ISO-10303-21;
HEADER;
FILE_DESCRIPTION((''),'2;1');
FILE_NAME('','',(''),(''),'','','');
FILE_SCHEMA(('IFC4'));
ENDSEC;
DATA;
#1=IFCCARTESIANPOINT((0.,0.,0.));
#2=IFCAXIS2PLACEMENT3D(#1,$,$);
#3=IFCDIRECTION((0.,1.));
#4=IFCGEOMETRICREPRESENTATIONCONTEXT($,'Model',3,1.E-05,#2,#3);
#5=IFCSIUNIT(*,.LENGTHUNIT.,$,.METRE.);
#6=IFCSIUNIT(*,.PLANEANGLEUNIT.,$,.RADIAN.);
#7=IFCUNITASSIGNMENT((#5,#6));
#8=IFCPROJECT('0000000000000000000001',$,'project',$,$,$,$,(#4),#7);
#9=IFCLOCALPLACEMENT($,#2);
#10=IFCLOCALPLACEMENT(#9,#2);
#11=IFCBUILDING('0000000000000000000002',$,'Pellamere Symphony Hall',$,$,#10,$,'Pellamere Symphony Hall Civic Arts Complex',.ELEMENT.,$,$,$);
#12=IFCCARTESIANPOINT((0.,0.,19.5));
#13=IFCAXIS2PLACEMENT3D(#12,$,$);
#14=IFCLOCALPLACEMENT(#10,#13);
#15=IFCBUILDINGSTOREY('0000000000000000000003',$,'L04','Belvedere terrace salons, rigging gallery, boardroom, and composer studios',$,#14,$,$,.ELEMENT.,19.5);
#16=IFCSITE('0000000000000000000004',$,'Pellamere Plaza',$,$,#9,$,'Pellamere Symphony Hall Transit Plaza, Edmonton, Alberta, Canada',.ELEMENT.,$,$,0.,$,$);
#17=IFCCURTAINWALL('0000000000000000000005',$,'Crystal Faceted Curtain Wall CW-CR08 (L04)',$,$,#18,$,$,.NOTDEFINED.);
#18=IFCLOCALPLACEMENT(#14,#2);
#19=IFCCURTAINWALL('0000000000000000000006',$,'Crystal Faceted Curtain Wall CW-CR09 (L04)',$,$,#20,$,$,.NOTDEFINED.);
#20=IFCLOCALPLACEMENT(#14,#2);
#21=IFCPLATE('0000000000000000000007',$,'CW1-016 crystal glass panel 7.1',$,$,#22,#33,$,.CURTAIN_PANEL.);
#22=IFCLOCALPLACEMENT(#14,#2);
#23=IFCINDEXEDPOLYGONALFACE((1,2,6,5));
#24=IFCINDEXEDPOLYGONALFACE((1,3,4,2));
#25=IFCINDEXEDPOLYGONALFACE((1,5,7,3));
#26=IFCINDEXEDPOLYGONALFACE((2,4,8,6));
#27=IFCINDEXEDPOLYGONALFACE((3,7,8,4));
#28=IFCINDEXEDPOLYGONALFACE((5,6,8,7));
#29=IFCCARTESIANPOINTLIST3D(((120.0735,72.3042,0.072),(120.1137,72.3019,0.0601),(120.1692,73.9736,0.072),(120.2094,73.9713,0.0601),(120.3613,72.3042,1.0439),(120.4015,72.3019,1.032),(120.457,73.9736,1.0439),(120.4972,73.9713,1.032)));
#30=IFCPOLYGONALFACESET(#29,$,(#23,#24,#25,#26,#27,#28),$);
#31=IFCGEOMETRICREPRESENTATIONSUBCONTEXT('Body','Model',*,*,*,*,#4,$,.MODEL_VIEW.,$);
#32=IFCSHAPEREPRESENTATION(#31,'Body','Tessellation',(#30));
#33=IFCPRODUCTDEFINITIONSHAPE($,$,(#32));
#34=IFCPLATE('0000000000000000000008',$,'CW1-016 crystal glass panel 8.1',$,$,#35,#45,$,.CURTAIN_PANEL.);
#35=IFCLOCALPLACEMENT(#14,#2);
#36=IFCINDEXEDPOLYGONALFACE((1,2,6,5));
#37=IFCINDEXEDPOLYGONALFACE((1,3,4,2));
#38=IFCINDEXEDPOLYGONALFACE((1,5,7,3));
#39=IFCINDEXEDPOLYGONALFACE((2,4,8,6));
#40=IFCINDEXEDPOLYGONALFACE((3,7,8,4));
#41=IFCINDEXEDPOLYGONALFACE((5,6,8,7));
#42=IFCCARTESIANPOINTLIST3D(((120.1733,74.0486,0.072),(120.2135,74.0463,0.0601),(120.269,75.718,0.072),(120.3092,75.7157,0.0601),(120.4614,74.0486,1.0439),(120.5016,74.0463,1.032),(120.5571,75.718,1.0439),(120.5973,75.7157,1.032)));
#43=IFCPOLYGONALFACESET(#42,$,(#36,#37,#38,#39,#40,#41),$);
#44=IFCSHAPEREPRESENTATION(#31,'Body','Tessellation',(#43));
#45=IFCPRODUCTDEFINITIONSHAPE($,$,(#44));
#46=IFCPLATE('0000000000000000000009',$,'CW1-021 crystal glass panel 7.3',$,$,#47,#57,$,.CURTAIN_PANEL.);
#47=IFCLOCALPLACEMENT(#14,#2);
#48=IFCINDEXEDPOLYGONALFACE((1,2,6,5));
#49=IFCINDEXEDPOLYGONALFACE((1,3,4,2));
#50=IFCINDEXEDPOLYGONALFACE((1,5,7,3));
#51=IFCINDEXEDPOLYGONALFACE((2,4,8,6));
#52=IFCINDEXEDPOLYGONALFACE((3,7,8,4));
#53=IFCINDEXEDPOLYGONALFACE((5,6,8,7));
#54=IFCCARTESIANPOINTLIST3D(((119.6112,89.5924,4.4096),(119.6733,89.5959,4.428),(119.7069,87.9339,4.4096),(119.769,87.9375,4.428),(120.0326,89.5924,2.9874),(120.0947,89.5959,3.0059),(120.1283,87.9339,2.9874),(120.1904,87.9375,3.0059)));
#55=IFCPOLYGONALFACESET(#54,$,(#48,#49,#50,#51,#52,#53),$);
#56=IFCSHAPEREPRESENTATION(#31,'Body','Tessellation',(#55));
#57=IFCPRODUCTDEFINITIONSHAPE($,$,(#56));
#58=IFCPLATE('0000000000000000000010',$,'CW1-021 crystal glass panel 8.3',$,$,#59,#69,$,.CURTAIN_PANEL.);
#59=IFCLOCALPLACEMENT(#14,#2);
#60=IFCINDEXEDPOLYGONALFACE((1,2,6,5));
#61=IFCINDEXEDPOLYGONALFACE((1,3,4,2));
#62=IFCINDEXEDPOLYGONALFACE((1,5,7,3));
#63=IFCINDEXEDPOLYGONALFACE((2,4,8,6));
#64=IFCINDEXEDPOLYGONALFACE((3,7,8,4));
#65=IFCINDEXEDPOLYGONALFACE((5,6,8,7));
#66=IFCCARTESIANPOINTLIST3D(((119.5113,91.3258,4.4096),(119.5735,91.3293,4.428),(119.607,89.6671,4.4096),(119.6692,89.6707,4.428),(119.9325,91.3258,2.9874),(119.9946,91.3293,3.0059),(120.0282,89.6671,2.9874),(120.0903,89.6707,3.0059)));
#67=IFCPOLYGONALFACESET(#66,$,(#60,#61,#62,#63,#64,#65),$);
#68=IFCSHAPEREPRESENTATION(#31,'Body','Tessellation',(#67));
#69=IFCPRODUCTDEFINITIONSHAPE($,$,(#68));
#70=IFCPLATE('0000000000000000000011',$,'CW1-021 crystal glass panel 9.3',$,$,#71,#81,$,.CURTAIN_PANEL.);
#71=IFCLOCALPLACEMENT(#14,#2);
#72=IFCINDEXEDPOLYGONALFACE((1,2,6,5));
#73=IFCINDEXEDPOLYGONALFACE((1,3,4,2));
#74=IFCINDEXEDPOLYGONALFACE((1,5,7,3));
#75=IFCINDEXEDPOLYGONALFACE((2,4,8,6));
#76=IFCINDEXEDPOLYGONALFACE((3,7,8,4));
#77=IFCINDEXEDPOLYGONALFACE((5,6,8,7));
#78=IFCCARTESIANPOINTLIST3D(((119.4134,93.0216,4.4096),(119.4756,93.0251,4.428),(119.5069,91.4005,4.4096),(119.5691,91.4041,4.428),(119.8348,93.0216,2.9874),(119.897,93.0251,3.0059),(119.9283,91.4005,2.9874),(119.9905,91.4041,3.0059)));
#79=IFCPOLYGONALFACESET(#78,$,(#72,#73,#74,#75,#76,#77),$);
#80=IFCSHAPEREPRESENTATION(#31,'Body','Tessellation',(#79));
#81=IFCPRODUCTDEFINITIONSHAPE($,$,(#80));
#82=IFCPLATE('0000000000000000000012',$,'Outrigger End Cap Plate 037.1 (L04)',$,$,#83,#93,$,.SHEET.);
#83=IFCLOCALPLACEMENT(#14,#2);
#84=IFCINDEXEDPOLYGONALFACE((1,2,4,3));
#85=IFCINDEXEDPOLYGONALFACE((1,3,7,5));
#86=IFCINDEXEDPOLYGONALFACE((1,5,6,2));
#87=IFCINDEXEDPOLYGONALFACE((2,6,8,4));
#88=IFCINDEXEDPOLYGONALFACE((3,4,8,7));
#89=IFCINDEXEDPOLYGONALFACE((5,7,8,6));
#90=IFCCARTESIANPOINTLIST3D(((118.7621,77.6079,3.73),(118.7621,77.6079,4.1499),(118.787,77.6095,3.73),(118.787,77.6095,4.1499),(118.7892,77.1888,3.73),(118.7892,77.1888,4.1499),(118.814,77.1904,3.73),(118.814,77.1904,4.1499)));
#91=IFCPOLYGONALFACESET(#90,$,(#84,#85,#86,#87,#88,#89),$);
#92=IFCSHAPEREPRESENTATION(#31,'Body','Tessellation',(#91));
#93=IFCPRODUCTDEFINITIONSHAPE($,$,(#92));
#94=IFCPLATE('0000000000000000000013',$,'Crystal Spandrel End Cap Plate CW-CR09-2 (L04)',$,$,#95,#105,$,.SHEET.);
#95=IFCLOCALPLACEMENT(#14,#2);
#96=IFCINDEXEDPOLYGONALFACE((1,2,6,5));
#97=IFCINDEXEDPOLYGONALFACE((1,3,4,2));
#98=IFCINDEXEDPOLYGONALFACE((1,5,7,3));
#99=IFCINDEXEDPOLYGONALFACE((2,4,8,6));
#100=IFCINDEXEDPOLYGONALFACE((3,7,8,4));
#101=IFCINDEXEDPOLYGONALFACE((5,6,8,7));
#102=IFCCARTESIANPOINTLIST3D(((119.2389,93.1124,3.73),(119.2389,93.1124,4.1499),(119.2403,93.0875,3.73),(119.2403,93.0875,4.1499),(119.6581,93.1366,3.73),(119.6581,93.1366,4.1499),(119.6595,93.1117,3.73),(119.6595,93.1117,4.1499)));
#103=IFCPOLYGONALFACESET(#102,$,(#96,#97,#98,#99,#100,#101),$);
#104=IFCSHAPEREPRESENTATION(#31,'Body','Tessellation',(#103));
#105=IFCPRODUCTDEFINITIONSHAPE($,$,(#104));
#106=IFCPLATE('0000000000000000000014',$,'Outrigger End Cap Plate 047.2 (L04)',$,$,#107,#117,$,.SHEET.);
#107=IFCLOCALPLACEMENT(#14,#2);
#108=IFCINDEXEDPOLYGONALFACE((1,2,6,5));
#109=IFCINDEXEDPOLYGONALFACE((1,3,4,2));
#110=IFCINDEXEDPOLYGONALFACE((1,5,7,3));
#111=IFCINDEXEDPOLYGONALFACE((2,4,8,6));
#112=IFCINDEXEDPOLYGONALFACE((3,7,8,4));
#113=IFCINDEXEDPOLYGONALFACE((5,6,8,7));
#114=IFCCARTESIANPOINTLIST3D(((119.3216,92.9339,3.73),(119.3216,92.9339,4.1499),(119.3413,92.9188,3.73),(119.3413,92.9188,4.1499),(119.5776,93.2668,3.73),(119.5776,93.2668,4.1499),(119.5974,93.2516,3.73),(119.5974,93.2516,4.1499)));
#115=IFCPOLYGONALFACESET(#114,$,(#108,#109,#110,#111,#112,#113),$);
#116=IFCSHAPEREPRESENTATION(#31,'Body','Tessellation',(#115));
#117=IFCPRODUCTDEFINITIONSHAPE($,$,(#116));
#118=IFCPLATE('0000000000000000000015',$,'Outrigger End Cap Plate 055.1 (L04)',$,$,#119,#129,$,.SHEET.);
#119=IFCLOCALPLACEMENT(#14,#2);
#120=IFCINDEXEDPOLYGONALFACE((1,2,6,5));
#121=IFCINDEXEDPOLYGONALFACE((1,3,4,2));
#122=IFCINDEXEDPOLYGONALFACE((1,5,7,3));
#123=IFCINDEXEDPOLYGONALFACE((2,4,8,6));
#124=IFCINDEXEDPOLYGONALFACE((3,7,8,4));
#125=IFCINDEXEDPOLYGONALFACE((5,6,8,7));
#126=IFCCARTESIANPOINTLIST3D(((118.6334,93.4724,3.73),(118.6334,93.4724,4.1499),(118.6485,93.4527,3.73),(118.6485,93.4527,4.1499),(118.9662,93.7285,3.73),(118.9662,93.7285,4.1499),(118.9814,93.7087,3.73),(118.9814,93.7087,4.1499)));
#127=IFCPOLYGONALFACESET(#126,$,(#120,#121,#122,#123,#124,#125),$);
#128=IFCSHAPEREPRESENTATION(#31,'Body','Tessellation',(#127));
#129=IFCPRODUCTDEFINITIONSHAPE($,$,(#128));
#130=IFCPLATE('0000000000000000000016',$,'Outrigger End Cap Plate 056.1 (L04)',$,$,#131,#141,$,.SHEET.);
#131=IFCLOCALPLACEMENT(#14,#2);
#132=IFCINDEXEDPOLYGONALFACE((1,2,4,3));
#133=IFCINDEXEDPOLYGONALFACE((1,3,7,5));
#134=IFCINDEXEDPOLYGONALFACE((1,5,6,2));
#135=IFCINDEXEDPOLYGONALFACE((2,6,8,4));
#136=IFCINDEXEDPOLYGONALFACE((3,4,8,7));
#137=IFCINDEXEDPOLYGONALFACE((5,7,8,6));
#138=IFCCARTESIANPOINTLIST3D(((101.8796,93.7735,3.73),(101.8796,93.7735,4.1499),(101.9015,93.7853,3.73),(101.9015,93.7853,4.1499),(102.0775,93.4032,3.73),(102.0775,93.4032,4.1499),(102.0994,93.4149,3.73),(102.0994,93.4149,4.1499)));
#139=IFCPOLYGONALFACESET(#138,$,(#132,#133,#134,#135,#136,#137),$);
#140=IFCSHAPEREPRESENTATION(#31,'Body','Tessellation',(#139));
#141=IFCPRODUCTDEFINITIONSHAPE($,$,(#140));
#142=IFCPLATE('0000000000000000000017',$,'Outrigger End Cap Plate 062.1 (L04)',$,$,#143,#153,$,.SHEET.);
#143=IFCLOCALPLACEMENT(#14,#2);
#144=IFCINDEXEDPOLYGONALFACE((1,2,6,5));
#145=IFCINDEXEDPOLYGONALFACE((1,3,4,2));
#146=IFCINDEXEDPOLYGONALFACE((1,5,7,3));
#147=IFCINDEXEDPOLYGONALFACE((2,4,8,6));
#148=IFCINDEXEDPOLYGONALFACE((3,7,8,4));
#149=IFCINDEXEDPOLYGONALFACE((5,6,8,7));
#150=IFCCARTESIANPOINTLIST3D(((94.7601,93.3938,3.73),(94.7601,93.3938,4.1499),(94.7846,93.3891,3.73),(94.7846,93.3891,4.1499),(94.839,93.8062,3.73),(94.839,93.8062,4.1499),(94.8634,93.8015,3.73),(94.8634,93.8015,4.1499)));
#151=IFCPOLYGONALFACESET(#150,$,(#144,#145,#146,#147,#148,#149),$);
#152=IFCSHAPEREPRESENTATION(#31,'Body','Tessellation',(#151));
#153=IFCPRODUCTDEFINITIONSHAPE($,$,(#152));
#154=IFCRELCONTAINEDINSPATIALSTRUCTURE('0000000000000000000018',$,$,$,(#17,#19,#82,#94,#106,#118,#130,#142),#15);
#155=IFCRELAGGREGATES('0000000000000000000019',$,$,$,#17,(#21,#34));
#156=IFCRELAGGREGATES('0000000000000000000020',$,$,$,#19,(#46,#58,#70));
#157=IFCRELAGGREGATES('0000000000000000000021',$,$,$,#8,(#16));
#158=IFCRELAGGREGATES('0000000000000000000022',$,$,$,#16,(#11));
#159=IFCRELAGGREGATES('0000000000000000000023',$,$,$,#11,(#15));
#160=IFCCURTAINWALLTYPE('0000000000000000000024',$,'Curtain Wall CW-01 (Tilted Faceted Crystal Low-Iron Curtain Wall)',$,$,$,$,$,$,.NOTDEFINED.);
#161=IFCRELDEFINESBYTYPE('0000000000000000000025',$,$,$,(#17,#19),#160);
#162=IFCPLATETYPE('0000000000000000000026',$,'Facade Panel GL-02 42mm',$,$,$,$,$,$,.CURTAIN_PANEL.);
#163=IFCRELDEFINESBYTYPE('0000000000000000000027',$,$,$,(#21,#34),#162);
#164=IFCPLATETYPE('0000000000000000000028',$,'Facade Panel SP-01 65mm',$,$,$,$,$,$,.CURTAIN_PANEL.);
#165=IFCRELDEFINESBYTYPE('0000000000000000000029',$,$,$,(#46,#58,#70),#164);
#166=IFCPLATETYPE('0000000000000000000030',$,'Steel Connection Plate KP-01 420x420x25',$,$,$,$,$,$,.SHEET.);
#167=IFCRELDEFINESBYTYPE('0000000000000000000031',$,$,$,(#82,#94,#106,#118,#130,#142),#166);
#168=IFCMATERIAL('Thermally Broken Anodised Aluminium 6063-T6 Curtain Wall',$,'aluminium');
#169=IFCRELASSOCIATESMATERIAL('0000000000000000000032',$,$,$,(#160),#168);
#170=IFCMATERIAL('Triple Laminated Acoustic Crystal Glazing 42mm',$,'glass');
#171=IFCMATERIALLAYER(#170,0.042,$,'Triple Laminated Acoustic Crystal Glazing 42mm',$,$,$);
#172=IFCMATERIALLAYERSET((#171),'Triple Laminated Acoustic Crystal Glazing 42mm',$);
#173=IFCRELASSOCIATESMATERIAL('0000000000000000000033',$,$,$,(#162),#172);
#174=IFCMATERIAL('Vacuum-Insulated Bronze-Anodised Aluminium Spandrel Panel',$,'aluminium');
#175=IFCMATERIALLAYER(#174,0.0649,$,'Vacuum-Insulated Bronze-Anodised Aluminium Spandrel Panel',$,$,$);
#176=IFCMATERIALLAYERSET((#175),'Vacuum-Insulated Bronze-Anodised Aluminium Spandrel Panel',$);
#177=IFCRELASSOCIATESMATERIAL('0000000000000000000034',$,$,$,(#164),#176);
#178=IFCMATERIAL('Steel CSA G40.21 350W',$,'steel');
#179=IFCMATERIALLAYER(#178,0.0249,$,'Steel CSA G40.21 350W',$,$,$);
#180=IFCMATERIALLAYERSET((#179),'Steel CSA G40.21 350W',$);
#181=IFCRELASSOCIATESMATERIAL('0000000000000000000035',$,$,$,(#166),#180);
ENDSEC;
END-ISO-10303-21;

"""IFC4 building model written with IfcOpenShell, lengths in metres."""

from ifc_helpers import new_model, si_unit, direction, frame, origin, origin_2d, place, context, subcontext, project, spatial, polyline, rectangle, outline, extrude, material, layer, layer_set, type_object, element, aggregate, save


model = new_model("IFC4")

# Units and contexts
model_context = context("Model", 3, precision=1e-05, world=origin(), true_north=direction((0.0, 1.0)))
body_context = subcontext(model_context, "Body", "Model", "MODEL_VIEW")
ifc_project = project(units=[si_unit("LENGTHUNIT", "METRE"), si_unit("PLANEANGLEUNIT", "RADIAN")], contexts=[model_context])

# Site, building, storey
site_placement = place(None, origin())
site = spatial("IfcSite", under=ifc_project, at=site_placement, Name="Pellamere Plaza", LongName="Pellamere Symphony Hall Transit Plaza, Edmonton, Alberta, Canada", CompositionType="ELEMENT", RefElevation=0.0)
building_placement = place(site_placement, origin())
building = spatial("IfcBuilding", under=site, at=building_placement, Name="Pellamere Symphony Hall", LongName="Pellamere Symphony Hall Civic Arts Complex", CompositionType="ELEMENT")
storey_placement = place(building_placement, frame((0.0, 0.0, 19.5)))
storey = spatial("IfcBuildingStorey", under=building, at=storey_placement, Name="L04", Description="Belvedere terrace salons, rigging gallery, boardroom, and composer studios", CompositionType="ELEMENT", Elevation=19.5)

# Curtain walls
ifc_material_1 = material(Name="Thermally Broken Anodised Aluminium 6063-T6 Curtain Wall", Category="aluminium")
curtain_wall_type = type_object("IfcCurtainWallType", Name="Curtain Wall CW-01 (Tilted Faceted Crystal Low-Iron Curtain Wall)", PredefinedType="NOTDEFINED", material=ifc_material_1)
curtain_wall_1_placement = place(storey_placement, origin())
curtain_wall_1 = element("IfcCurtainWall", 1, at=curtain_wall_1_placement, inside=storey, type_object=curtain_wall_type, Name="Crystal Faceted Curtain Wall CW-CR08 (L04)", PredefinedType="NOTDEFINED")
curtain_wall_2_placement = place(storey_placement, origin())
curtain_wall_2 = element("IfcCurtainWall", 2, at=curtain_wall_2_placement, inside=storey, type_object=curtain_wall_type, Name="Crystal Faceted Curtain Wall CW-CR09 (L04)", PredefinedType="NOTDEFINED")

# Shared definitions
ifc_material_2 = material(Name="Steel CSA G40.21 350W", Category="steel")

# Plates
ifc_material_3 = material(Name="Triple Laminated Acoustic Crystal Glazing 42mm", Category="glass")
ifc_layer_1 = layer(ifc_material_3, 0.042, Name="Triple Laminated Acoustic Crystal Glazing 42mm")
ifc_layer_set_1 = layer_set([ifc_layer_1], Name="Triple Laminated Acoustic Crystal Glazing 42mm")
plate_type_1 = type_object("IfcPlateType", Name="Facade Panel GL-02 42mm", PredefinedType="CURTAIN_PANEL", material=ifc_layer_set_1)
plate_1_placement = place(storey_placement, frame((120.0735, 72.3042, 0.072), z_axis=(-0.957389, 0.054884, 0.283537), x_axis=(0.057233, 0.998361, 0.0)))
plate_1 = element("IfcPlate", 3, at=plate_1_placement, type_object=plate_type_1, Name="CW1-016 crystal glass panel 7.1", PredefinedType="CURTAIN_PANEL", context=body_context, shape_type="SweptSolid", body=[
    extrude(outline(polyline([(0.0, 0.0), (1.6722, 0.0), (1.6886, -1.0135), (0.0165, -1.0135), (0.0, 0.0)])), origin(), (0.0, 0.0, -1.0), 0.042),
])
plate_2_placement = place(storey_placement, frame((120.1733, 74.0486, 0.072), z_axis=(-0.957324, 0.05488, 0.283758), x_axis=(0.057233, 0.998361, 0.0)))
plate_2 = element("IfcPlate", 4, at=plate_2_placement, type_object=plate_type_1, Name="CW1-016 crystal glass panel 8.1", PredefinedType="CURTAIN_PANEL", context=body_context, shape_type="SweptSolid", body=[
    extrude(outline(polyline([(0.0, 0.0), (1.6722, 0.0), (1.6887, -1.0136), (0.0165, -1.0136), (0.0, 0.0)])), origin(), (0.0, 0.0, -1.0), 0.042),
])
aggregate(curtain_wall_1, [plate_1, plate_2])
ifc_material_4 = material(Name="Vacuum-Insulated Bronze-Anodised Aluminium Spandrel Panel", Category="aluminium")
ifc_layer_2 = layer(ifc_material_4, 0.0649, Name="Vacuum-Insulated Bronze-Anodised Aluminium Spandrel Panel")
ifc_layer_set_2 = layer_set([ifc_layer_2], Name="Vacuum-Insulated Bronze-Anodised Aluminium Spandrel Panel")
plate_type_2 = type_object("IfcPlateType", Name="Facade Panel SP-01 65mm", PredefinedType="CURTAIN_PANEL", material=ifc_layer_set_2)
plate_3_placement = place(storey_placement, frame((120.1904, 87.9375, 3.0059), z_axis=(0.957331, 0.055244, 0.283666), x_axis=(-0.057611, 0.998339, 0.0)))
plate_3 = element("IfcPlate", 5, at=plate_3_placement, type_object=plate_type_2, Name="CW1-021 crystal glass panel 7.3", PredefinedType="CURTAIN_PANEL", context=body_context, shape_type="SweptSolid", body=[
    extrude(outline(polyline([(0.0, 0.0), (1.6612, 0.0), (1.6855, 1.483), (0.0243, 1.483), (0.0, 0.0)])), origin(), (0.0, 0.0, -1.0), 0.0649),
])
plate_4_placement = place(storey_placement, frame((120.0903, 89.6707, 3.0059), z_axis=(0.957376, 0.055239, 0.283515), x_axis=(-0.057602, 0.99834, 0.0)))
plate_4 = element("IfcPlate", 6, at=plate_4_placement, type_object=plate_type_2, Name="CW1-021 crystal glass panel 8.3", PredefinedType="CURTAIN_PANEL", context=body_context, shape_type="SweptSolid", body=[
    extrude(outline(polyline([(0.0, 0.0), (1.6615, 0.0), (1.6857, 1.483), (0.0243, 1.483), (0.0, 0.0)])), origin(), (0.0, 0.0, -1.0), 0.0649),
])
plate_5_placement = place(storey_placement, frame((119.9905, 91.4041, 3.0059), z_axis=(0.957332, 0.05522, 0.283666), x_axis=(-0.057585, 0.998341, 0.0)))
plate_5 = element("IfcPlate", 7, at=plate_5_placement, type_object=plate_type_2, Name="CW1-021 crystal glass panel 9.3", PredefinedType="CURTAIN_PANEL", context=body_context, shape_type="SweptSolid", body=[
    extrude(outline(polyline([(0.0, 0.0), (1.6238, 0.0), (1.6481, 1.483), (0.0243, 1.483), (0.0, 0.0)])), origin(), (0.0, 0.0, -1.0), 0.0649),
])
aggregate(curtain_wall_2, [plate_3, plate_4, plate_5])

# Plates
ifc_layer_3 = layer(ifc_material_2, 0.0249, Name="Steel CSA G40.21 350W")
ifc_layer_set_3 = layer_set([ifc_layer_3], Name="Steel CSA G40.21 350W")
plate_type_3 = type_object("IfcPlateType", Name="Steel Connection Plate KP-01 420x420x25", PredefinedType="SHEET", material=ifc_layer_set_3)
for number, where, z_axis, x_axis, name in (
    (8, (118.7881, 77.3992, 3.73), (0.0, 0.0, 1.0), (0.997927, 0.064358, 0.0), "Outrigger End Cap Plate 037.1 (L04)"),
    (9, (119.4492, 93.1121, 3.73), (0.0, 0.0, 1.0), (-0.057564, 0.998342, 0.0), "Crystal Spandrel End Cap Plate CW-CR09-2 (L04)"),
    (10, (119.4595, 93.0928, 3.73), (0.0, 0.0, 1.0), (0.792609, -0.60973, 0.0), "Outrigger End Cap Plate 047.2 (L04)"),
    (11, (118.8074, 93.5906, 3.73), (0.0, 0.0, 1.0), (-0.60973, 0.792609, 0.0), "Outrigger End Cap Plate 055.1 (L04)"),
    (12, (101.9895, 93.5942, 3.73), (0.0, 0.0, 1.0), (0.881962, 0.47132, 0.0), "Outrigger End Cap Plate 056.1 (L04)"),
    (13, (94.8118, 93.5977, 3.73), (0.0, 0.0, 1.0), (-0.982222, 0.187724, 0.0), "Outrigger End Cap Plate 062.1 (L04)"),
):
    element("IfcPlate", number, at=place(storey_placement, frame(where, z_axis=z_axis, x_axis=x_axis)), inside=storey, type_object=plate_type_3, Name=name, PredefinedType="SHEET", context=body_context, shape_type="SweptSolid", body=[
        extrude(rectangle(XDim=0.0249, YDim=0.4199, at=origin_2d()), origin(), (0.0, 0.0, 1.0), 0.4199),
    ])

save(model, "model.ifc")
